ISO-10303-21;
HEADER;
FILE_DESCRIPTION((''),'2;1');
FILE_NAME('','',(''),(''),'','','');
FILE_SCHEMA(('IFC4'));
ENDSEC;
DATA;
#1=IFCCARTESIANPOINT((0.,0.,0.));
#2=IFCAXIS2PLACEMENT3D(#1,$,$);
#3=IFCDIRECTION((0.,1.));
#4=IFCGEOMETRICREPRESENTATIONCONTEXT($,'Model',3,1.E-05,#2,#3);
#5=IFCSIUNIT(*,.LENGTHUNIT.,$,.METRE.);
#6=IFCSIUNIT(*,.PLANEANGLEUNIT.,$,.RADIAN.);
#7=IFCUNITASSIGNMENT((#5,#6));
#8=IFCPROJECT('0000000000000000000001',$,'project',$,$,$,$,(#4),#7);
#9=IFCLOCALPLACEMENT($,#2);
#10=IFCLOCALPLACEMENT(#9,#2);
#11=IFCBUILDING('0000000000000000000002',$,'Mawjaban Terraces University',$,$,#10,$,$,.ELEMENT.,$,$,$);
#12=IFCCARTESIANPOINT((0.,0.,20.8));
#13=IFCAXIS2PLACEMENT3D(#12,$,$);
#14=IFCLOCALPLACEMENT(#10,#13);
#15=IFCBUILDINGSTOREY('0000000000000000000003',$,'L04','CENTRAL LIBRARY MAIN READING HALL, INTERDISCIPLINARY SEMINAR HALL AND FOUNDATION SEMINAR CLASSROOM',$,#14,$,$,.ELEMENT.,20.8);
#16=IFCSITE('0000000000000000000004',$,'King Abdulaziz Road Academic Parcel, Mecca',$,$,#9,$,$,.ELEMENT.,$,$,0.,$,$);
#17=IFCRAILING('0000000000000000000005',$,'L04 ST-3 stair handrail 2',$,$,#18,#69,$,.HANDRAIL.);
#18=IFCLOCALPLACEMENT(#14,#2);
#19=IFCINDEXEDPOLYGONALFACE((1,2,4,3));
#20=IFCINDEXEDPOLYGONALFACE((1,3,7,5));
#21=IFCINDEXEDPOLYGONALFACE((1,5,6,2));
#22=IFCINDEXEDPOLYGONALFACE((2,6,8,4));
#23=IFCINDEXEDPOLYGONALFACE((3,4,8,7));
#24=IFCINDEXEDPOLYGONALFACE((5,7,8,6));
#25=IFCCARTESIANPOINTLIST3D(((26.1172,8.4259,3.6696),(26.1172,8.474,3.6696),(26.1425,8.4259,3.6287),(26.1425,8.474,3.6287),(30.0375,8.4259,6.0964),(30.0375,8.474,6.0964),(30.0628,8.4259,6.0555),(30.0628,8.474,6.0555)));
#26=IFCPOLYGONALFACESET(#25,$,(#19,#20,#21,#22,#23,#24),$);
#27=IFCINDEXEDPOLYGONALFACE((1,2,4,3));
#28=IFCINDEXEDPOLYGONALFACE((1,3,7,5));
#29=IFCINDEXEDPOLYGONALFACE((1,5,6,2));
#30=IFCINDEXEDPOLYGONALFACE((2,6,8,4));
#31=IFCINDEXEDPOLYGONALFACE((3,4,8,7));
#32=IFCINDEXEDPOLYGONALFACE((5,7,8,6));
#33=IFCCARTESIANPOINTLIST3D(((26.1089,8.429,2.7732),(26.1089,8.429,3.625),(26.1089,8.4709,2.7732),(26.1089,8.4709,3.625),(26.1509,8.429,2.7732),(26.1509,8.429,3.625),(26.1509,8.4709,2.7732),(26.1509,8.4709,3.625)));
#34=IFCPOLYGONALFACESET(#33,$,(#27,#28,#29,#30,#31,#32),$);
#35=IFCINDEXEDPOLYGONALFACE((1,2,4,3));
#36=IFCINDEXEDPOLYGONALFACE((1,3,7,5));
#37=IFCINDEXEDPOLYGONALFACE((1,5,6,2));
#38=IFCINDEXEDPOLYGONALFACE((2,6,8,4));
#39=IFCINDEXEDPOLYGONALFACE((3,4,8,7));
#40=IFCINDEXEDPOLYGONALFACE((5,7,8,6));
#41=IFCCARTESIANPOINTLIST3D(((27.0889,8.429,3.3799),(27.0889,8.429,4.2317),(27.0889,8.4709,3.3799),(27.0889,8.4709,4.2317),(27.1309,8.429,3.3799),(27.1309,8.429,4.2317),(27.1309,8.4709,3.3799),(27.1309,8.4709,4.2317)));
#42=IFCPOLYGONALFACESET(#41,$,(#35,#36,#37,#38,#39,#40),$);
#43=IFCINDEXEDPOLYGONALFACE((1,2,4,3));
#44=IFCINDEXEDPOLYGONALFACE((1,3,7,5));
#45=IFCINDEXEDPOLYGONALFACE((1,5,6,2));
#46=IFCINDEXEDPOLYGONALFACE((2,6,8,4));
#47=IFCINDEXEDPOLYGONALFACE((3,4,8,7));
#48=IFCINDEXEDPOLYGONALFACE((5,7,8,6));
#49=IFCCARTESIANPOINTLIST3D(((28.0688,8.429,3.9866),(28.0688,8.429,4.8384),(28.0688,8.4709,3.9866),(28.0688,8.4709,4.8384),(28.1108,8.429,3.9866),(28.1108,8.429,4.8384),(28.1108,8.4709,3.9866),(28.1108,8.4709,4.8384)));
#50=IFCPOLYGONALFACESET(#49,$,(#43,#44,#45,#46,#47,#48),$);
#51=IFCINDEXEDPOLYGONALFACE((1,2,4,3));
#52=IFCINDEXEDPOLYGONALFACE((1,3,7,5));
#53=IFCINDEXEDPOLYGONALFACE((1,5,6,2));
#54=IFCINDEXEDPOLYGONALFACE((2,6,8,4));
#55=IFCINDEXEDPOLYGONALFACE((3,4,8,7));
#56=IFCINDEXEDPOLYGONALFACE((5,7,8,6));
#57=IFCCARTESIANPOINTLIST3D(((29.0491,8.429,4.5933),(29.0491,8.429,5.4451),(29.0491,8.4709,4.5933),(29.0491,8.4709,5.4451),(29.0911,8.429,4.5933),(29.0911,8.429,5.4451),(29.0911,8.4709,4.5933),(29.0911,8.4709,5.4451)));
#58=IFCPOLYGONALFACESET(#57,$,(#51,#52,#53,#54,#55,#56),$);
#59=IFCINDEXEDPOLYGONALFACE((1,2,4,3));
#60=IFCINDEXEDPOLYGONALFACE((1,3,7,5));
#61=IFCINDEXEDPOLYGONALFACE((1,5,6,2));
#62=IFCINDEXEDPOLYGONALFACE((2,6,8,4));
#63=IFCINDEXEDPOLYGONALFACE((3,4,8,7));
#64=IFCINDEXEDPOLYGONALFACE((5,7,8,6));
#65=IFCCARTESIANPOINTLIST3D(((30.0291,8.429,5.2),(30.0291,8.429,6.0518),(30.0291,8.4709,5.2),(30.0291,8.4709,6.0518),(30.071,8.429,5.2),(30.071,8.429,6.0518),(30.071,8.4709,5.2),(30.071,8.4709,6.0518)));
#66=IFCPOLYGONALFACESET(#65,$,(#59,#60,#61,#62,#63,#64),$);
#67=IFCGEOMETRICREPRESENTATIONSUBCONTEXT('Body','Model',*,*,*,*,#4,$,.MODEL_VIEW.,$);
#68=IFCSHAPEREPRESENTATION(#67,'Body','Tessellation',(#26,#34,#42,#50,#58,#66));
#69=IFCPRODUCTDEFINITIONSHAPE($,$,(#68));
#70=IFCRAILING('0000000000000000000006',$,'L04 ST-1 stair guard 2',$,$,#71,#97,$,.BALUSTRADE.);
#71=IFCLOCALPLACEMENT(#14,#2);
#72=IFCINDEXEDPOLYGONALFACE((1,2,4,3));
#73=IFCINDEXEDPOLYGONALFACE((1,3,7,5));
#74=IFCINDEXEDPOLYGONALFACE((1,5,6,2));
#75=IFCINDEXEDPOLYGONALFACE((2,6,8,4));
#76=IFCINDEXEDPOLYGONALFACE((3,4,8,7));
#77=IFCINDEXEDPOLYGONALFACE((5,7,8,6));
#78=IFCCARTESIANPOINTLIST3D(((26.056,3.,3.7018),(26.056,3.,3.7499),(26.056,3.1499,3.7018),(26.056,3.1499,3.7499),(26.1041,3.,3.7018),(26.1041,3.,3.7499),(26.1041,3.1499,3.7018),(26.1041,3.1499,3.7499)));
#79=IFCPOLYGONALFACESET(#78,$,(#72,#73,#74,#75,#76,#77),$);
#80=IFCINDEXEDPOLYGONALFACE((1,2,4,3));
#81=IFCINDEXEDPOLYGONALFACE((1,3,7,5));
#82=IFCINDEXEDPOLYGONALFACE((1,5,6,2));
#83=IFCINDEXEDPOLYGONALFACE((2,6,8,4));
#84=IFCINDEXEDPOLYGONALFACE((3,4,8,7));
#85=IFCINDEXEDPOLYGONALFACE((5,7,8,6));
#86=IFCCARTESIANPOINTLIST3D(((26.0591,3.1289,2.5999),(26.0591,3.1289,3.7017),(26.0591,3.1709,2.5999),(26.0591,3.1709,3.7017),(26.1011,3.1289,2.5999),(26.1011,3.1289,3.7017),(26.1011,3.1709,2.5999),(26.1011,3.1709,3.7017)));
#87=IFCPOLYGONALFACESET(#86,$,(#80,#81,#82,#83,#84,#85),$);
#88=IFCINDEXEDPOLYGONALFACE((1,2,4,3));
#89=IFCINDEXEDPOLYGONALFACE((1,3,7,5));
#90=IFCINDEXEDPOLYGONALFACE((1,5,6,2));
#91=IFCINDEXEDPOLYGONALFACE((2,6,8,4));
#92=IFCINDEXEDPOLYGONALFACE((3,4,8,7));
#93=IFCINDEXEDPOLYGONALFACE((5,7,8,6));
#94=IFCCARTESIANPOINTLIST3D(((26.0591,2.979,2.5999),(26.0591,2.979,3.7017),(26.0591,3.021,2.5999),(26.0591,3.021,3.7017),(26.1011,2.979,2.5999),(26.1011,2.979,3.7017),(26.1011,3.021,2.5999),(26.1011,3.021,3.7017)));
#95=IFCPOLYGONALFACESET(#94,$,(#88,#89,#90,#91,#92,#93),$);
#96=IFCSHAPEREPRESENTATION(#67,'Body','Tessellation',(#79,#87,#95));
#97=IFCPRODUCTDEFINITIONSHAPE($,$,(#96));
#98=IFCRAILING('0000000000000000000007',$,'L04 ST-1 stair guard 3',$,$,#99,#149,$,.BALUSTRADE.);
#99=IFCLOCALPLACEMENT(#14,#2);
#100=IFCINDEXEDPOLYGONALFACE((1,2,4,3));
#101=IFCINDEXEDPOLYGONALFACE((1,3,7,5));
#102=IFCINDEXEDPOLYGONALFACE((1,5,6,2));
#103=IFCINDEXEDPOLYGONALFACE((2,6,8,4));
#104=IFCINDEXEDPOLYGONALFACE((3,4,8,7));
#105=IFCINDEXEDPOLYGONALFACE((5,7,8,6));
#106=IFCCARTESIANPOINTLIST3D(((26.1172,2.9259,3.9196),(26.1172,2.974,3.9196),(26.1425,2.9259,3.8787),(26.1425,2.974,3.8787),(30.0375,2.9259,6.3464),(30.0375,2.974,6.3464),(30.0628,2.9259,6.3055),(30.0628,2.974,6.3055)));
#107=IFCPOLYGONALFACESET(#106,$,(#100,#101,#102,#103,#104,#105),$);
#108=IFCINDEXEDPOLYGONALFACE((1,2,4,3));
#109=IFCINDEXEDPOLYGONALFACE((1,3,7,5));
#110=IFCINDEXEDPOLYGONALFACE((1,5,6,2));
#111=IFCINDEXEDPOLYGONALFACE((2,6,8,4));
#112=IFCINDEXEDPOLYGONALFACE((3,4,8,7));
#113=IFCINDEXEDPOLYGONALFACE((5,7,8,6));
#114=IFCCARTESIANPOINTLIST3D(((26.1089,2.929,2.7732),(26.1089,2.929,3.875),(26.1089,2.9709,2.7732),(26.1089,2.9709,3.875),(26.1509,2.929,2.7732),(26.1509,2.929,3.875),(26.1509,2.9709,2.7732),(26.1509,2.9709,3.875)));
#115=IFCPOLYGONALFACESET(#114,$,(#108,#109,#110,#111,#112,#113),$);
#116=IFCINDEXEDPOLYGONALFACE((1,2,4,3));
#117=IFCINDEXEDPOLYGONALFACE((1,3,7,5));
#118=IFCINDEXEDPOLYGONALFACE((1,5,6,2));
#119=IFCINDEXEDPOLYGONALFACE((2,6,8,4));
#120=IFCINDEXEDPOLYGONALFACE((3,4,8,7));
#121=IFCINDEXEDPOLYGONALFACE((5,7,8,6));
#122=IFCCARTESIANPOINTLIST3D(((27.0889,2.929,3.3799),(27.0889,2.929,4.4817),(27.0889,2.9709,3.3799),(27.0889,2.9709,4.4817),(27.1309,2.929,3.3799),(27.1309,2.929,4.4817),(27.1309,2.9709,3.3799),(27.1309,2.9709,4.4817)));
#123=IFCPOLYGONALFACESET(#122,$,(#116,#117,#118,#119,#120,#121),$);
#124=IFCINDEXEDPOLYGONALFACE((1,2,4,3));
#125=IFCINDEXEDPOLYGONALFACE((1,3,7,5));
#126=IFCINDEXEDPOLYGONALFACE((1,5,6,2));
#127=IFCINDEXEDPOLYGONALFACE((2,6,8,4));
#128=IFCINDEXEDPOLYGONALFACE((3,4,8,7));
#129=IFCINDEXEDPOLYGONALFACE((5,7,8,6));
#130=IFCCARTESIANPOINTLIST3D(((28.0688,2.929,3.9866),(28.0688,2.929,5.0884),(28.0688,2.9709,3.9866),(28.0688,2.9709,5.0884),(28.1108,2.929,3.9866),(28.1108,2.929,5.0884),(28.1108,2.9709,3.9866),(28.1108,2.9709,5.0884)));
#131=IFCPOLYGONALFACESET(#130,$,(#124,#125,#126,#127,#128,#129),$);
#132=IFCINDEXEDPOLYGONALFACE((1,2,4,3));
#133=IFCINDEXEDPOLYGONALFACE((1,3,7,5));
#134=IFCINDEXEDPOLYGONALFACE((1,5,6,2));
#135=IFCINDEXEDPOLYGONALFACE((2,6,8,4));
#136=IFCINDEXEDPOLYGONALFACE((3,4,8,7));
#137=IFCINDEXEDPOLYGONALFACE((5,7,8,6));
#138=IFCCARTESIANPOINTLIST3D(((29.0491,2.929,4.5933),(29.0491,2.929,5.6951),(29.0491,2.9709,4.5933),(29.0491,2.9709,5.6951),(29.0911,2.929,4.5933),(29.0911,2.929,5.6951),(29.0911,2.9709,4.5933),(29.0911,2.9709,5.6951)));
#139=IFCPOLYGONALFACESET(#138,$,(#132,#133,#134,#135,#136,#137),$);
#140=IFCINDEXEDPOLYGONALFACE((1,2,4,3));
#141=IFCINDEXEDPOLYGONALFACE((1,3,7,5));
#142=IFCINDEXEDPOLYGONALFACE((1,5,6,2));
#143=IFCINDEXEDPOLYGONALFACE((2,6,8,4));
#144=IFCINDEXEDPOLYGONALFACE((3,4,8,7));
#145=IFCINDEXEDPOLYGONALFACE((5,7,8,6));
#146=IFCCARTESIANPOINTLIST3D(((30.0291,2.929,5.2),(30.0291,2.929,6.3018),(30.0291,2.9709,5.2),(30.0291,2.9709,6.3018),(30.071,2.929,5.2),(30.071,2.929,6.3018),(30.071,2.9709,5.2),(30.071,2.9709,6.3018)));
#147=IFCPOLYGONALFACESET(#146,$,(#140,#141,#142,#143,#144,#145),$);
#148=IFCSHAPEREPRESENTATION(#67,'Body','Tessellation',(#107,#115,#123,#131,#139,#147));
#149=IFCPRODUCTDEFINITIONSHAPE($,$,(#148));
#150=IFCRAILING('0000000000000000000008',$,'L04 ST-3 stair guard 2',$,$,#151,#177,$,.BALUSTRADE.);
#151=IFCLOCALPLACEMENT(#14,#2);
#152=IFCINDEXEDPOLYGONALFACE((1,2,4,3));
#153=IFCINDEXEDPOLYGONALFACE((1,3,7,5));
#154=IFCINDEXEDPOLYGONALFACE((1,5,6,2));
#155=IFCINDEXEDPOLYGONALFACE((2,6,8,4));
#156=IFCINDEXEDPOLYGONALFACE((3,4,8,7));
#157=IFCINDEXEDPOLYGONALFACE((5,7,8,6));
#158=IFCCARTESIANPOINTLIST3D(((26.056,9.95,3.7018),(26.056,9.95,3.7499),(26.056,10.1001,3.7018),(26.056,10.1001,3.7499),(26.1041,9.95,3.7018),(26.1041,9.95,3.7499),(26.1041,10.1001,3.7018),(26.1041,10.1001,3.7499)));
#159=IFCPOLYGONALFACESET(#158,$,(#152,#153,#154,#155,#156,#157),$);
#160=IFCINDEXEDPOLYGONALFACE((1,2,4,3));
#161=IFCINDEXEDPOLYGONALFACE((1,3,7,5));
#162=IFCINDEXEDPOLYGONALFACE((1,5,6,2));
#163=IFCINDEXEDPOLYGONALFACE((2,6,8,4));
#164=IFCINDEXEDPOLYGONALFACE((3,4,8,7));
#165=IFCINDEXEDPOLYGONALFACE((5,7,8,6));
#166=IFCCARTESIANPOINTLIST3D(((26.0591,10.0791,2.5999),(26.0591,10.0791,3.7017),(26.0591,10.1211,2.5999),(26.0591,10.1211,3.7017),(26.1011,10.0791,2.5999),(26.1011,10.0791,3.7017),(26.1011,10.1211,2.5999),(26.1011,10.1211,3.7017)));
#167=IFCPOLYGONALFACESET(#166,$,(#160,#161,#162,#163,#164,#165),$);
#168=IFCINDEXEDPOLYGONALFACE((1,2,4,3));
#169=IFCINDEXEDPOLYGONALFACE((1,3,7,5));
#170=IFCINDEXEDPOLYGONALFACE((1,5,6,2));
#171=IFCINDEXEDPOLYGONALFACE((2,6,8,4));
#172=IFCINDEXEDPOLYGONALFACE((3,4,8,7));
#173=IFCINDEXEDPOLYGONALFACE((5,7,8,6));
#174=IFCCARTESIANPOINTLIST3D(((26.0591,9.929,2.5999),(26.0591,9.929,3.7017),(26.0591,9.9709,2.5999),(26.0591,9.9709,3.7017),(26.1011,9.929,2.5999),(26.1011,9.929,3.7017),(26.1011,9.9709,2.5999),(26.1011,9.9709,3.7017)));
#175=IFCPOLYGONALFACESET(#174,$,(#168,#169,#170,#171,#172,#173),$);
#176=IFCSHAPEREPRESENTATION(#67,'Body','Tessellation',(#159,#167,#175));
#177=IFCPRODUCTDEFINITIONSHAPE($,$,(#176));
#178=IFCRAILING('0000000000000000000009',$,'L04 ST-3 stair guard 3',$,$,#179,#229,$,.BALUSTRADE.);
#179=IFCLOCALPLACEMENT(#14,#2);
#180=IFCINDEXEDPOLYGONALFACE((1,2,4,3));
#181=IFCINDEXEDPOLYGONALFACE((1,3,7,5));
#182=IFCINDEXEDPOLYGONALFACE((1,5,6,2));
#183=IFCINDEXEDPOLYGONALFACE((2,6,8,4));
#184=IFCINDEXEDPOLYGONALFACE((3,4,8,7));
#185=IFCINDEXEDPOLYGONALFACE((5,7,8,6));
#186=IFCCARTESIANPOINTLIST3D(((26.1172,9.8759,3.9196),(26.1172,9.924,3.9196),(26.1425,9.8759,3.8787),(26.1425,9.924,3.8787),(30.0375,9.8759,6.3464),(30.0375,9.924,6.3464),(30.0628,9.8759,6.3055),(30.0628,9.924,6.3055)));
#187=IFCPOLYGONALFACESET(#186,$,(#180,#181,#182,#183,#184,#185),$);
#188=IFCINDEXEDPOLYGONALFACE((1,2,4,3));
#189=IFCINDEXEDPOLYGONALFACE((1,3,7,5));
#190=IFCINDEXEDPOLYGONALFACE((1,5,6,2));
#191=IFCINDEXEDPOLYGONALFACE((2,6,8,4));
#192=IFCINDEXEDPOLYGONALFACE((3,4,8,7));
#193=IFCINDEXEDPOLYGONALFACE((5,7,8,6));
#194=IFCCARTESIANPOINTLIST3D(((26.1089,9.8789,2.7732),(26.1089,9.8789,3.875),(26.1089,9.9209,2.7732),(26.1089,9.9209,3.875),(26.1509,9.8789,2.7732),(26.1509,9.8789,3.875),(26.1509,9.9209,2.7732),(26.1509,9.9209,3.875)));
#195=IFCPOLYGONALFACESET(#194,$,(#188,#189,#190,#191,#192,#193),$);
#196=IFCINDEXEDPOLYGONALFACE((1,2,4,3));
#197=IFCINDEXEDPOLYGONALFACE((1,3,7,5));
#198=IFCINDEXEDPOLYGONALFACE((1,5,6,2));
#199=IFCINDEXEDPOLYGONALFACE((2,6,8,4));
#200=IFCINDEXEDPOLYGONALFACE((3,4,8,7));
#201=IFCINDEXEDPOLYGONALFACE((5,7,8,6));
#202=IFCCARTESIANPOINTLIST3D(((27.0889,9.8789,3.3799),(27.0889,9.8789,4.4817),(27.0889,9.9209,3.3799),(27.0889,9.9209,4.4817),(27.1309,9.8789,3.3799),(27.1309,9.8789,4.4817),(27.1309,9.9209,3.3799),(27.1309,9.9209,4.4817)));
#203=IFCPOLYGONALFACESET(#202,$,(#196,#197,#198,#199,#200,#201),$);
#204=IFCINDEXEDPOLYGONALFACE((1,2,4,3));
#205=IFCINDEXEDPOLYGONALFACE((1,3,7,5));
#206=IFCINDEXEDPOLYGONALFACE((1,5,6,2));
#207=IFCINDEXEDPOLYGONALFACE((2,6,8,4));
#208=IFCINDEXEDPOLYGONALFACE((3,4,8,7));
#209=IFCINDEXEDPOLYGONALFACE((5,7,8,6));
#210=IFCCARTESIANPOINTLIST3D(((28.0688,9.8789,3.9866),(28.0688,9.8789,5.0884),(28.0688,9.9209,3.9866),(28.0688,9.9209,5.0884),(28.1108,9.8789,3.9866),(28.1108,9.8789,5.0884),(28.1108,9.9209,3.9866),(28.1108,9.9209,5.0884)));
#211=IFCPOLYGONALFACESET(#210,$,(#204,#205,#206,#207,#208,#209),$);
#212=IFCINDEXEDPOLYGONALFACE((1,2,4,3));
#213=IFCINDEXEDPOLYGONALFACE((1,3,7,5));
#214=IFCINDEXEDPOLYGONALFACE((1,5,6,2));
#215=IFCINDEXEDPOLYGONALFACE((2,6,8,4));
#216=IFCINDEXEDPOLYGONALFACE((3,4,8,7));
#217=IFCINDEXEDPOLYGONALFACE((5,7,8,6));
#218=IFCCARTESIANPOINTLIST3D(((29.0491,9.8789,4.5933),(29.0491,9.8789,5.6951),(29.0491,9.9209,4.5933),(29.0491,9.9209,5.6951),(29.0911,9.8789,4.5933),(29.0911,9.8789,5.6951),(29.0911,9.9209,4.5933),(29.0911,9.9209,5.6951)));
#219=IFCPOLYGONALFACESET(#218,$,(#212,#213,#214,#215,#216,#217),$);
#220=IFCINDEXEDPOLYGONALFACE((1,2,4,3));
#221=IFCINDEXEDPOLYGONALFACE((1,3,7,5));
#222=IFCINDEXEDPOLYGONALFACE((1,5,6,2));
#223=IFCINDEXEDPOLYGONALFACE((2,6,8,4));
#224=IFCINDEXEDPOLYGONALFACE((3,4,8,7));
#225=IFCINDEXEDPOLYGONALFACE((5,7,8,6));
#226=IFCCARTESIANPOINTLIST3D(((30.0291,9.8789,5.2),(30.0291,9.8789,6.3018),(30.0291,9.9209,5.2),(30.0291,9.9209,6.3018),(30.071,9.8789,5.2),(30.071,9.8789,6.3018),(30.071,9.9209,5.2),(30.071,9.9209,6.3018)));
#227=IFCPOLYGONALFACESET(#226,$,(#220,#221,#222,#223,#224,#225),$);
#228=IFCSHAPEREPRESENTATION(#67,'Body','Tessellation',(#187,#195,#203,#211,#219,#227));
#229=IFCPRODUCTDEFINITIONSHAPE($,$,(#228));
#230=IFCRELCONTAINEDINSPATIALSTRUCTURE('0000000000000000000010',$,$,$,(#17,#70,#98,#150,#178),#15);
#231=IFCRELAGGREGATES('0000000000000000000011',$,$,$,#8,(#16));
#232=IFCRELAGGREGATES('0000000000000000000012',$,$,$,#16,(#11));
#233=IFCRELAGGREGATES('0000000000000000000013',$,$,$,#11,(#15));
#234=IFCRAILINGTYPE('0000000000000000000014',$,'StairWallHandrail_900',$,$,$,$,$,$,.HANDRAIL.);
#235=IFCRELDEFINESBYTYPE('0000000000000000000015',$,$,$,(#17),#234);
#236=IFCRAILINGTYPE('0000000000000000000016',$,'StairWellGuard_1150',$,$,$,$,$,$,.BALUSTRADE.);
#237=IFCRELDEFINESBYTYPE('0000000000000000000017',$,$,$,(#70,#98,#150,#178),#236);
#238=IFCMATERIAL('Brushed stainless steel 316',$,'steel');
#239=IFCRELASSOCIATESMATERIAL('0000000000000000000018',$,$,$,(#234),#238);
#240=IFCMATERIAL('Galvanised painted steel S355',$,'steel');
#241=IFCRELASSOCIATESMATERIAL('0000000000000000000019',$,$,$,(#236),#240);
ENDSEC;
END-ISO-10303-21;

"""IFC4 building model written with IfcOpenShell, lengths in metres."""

from ifc_helpers import new_model, si_unit, direction, frame, origin, origin_2d, place, context, subcontext, project, spatial, rectangle, extrude, material, type_object, element, save


model = new_model("IFC4")

# Units and contexts
model_context = context("Model", 3, precision=1e-05, world=origin(), true_north=direction((0.0, 1.0)))
body_context = subcontext(model_context, "Body", "Model", "MODEL_VIEW")
ifc_project = project(units=[si_unit("LENGTHUNIT", "METRE"), si_unit("PLANEANGLEUNIT", "RADIAN")], contexts=[model_context])

# Site, building, storey
site_placement = place(None, origin())
site = spatial("IfcSite", under=ifc_project, at=site_placement, Name="King Abdulaziz Road Academic Parcel, Mecca", CompositionType="ELEMENT", RefElevation=0.0)
building_placement = place(site_placement, origin())
building = spatial("IfcBuilding", under=site, at=building_placement, Name="Mawjaban Terraces University", CompositionType="ELEMENT")
storey_placement = place(building_placement, frame((0.0, 0.0, 20.8)))
storey = spatial("IfcBuildingStorey", under=building, at=storey_placement, Name="L04", Description="CENTRAL LIBRARY MAIN READING HALL, INTERDISCIPLINARY SEMINAR HALL AND FOUNDATION SEMINAR CLASSROOM", CompositionType="ELEMENT", Elevation=20.8)

# Railings
ifc_material_1 = material(Name="Brushed stainless steel 316", Category="steel")
railing_type_1 = type_object("IfcRailingType", Name="StairWallHandrail_900", PredefinedType="HANDRAIL", material=ifc_material_1)
for number, where, name in (
    (1, (26.1299, 8.45, 2.7732), "L04 ST-3 stair handrail 2"),
):
    element("IfcRailing", number, at=place(storey_placement, frame(where)), inside=storey, type_object=railing_type_1, Name=name, PredefinedType="HANDRAIL", context=body_context, shape_type="SweptSolid", body=[
        extrude(rectangle(XDim=0.0481, YDim=0.0481, at=origin_2d()), frame((0.0, 0.0, 0.876), z_axis=(0.850266, 0.0, 0.526353), x_axis=(0.0, 1.0, 0.0)), (0.0, 0.0, 1.0), 4.6106),
        extrude(rectangle(XDim=0.042, YDim=0.042, at=origin_2d()), origin(), (0.0, 0.0, 1.0), 0.8518),
        extrude(rectangle(XDim=0.042, YDim=0.042, at=origin_2d()), frame((0.98, 0.0, 0.6067)), (0.0, 0.0, 1.0), 0.8518),
        extrude(rectangle(XDim=0.042, YDim=0.042, at=origin_2d()), frame((1.96, 0.0, 1.2134)), (0.0, 0.0, 1.0), 0.8518),
        extrude(rectangle(XDim=0.042, YDim=0.042, at=origin_2d()), frame((2.9402, 0.0, 1.8201)), (0.0, 0.0, 1.0), 0.8518),
        extrude(rectangle(XDim=0.042, YDim=0.042, at=origin_2d()), frame((3.9202, 0.0, 2.4268)), (0.0, 0.0, 1.0), 0.8518),
    ])
ifc_material_2 = material(Name="Galvanised painted steel S355", Category="steel")
railing_type_2 = type_object("IfcRailingType", Name="StairWellGuard_1150", PredefinedType="BALUSTRADE", material=ifc_material_2)
railing_1_placement = place(storey_placement, frame((26.0801, 3.1499, 2.5999)))
element("IfcRailing", 2, at=railing_1_placement, inside=storey, type_object=railing_type_2, Name="L04 ST-1 stair guard 2", PredefinedType="BALUSTRADE", context=body_context, shape_type="SweptSolid", body=[
    extrude(rectangle(XDim=0.0481, YDim=0.0481, at=origin_2d()), frame((0.0, 0.0, 1.126), z_axis=(0.0, -1.0, 0.0), x_axis=(1.0, 0.0, 0.0)), (0.0, 0.0, 1.0), 0.1499),
    extrude(rectangle(XDim=0.042, YDim=0.042, at=origin_2d()), origin(), (0.0, 0.0, 1.0), 1.1018),
    extrude(rectangle(XDim=0.042, YDim=0.042, at=origin_2d()), frame((0.0, -0.1499, 0.0)), (0.0, 0.0, 1.0), 1.1018),
])
railing_2_placement = place(storey_placement, frame((26.1299, 2.95, 2.7732)))
element("IfcRailing", 3, at=railing_2_placement, inside=storey, type_object=railing_type_2, Name="L04 ST-1 stair guard 3", PredefinedType="BALUSTRADE", context=body_context, shape_type="SweptSolid", body=[
    extrude(rectangle(XDim=0.0481, YDim=0.0481, at=origin_2d()), frame((0.0, 0.0, 1.126), z_axis=(0.850266, 0.0, 0.526353), x_axis=(0.0, 1.0, 0.0)), (0.0, 0.0, 1.0), 4.6106),
    extrude(rectangle(XDim=0.042, YDim=0.042, at=origin_2d()), origin(), (0.0, 0.0, 1.0), 1.1018),
    extrude(rectangle(XDim=0.042, YDim=0.042, at=origin_2d()), frame((0.98, 0.0, 0.6067)), (0.0, 0.0, 1.0), 1.1018),
    extrude(rectangle(XDim=0.042, YDim=0.042, at=origin_2d()), frame((1.96, 0.0, 1.2134)), (0.0, 0.0, 1.0), 1.1018),
    extrude(rectangle(XDim=0.042, YDim=0.042, at=origin_2d()), frame((2.9402, 0.0, 1.8201)), (0.0, 0.0, 1.0), 1.1018),
    extrude(rectangle(XDim=0.042, YDim=0.042, at=origin_2d()), frame((3.9202, 0.0, 2.4268)), (0.0, 0.0, 1.0), 1.1018),
])
railing_3_placement = place(storey_placement, frame((26.0801, 10.1001, 2.5999)))
element("IfcRailing", 4, at=railing_3_placement, inside=storey, type_object=railing_type_2, Name="L04 ST-3 stair guard 2", PredefinedType="BALUSTRADE", context=body_context, shape_type="SweptSolid", body=[
    extrude(rectangle(XDim=0.0481, YDim=0.0481, at=origin_2d()), frame((0.0, 0.0, 1.126), z_axis=(0.0, -1.0, 0.0), x_axis=(1.0, 0.0, 0.0)), (0.0, 0.0, 1.0), 0.1501),
    extrude(rectangle(XDim=0.042, YDim=0.042, at=origin_2d()), origin(), (0.0, 0.0, 1.0), 1.1018),
    extrude(rectangle(XDim=0.042, YDim=0.042, at=origin_2d()), frame((0.0, -0.1501, 0.0)), (0.0, 0.0, 1.0), 1.1018),
])
railing_4_placement = place(storey_placement, frame((26.1299, 9.8999, 2.7732)))
element("IfcRailing", 5, at=railing_4_placement, inside=storey, type_object=railing_type_2, Name="L04 ST-3 stair guard 3", PredefinedType="BALUSTRADE", context=body_context, shape_type="SweptSolid", body=[
    extrude(rectangle(XDim=0.0481, YDim=0.0481, at=origin_2d()), frame((0.0, 0.0, 1.126), z_axis=(0.850266, 0.0, 0.526353), x_axis=(0.0, 1.0, 0.0)), (0.0, 0.0, 1.0), 4.6106),
    extrude(rectangle(XDim=0.042, YDim=0.042, at=origin_2d()), origin(), (0.0, 0.0, 1.0), 1.1018),
    extrude(rectangle(XDim=0.042, YDim=0.042, at=origin_2d()), frame((0.98, 0.0, 0.6067)), (0.0, 0.0, 1.0), 1.1018),
    extrude(rectangle(XDim=0.042, YDim=0.042, at=origin_2d()), frame((1.96, 0.0, 1.2134)), (0.0, 0.0, 1.0), 1.1018),
    extrude(rectangle(XDim=0.042, YDim=0.042, at=origin_2d()), frame((2.9402, 0.0, 1.8201)), (0.0, 0.0, 1.0), 1.1018),
    extrude(rectangle(XDim=0.042, YDim=0.042, at=origin_2d()), frame((3.9202, 0.0, 2.4268)), (0.0, 0.0, 1.0), 1.1018),
])

save(model, "model.ifc")
